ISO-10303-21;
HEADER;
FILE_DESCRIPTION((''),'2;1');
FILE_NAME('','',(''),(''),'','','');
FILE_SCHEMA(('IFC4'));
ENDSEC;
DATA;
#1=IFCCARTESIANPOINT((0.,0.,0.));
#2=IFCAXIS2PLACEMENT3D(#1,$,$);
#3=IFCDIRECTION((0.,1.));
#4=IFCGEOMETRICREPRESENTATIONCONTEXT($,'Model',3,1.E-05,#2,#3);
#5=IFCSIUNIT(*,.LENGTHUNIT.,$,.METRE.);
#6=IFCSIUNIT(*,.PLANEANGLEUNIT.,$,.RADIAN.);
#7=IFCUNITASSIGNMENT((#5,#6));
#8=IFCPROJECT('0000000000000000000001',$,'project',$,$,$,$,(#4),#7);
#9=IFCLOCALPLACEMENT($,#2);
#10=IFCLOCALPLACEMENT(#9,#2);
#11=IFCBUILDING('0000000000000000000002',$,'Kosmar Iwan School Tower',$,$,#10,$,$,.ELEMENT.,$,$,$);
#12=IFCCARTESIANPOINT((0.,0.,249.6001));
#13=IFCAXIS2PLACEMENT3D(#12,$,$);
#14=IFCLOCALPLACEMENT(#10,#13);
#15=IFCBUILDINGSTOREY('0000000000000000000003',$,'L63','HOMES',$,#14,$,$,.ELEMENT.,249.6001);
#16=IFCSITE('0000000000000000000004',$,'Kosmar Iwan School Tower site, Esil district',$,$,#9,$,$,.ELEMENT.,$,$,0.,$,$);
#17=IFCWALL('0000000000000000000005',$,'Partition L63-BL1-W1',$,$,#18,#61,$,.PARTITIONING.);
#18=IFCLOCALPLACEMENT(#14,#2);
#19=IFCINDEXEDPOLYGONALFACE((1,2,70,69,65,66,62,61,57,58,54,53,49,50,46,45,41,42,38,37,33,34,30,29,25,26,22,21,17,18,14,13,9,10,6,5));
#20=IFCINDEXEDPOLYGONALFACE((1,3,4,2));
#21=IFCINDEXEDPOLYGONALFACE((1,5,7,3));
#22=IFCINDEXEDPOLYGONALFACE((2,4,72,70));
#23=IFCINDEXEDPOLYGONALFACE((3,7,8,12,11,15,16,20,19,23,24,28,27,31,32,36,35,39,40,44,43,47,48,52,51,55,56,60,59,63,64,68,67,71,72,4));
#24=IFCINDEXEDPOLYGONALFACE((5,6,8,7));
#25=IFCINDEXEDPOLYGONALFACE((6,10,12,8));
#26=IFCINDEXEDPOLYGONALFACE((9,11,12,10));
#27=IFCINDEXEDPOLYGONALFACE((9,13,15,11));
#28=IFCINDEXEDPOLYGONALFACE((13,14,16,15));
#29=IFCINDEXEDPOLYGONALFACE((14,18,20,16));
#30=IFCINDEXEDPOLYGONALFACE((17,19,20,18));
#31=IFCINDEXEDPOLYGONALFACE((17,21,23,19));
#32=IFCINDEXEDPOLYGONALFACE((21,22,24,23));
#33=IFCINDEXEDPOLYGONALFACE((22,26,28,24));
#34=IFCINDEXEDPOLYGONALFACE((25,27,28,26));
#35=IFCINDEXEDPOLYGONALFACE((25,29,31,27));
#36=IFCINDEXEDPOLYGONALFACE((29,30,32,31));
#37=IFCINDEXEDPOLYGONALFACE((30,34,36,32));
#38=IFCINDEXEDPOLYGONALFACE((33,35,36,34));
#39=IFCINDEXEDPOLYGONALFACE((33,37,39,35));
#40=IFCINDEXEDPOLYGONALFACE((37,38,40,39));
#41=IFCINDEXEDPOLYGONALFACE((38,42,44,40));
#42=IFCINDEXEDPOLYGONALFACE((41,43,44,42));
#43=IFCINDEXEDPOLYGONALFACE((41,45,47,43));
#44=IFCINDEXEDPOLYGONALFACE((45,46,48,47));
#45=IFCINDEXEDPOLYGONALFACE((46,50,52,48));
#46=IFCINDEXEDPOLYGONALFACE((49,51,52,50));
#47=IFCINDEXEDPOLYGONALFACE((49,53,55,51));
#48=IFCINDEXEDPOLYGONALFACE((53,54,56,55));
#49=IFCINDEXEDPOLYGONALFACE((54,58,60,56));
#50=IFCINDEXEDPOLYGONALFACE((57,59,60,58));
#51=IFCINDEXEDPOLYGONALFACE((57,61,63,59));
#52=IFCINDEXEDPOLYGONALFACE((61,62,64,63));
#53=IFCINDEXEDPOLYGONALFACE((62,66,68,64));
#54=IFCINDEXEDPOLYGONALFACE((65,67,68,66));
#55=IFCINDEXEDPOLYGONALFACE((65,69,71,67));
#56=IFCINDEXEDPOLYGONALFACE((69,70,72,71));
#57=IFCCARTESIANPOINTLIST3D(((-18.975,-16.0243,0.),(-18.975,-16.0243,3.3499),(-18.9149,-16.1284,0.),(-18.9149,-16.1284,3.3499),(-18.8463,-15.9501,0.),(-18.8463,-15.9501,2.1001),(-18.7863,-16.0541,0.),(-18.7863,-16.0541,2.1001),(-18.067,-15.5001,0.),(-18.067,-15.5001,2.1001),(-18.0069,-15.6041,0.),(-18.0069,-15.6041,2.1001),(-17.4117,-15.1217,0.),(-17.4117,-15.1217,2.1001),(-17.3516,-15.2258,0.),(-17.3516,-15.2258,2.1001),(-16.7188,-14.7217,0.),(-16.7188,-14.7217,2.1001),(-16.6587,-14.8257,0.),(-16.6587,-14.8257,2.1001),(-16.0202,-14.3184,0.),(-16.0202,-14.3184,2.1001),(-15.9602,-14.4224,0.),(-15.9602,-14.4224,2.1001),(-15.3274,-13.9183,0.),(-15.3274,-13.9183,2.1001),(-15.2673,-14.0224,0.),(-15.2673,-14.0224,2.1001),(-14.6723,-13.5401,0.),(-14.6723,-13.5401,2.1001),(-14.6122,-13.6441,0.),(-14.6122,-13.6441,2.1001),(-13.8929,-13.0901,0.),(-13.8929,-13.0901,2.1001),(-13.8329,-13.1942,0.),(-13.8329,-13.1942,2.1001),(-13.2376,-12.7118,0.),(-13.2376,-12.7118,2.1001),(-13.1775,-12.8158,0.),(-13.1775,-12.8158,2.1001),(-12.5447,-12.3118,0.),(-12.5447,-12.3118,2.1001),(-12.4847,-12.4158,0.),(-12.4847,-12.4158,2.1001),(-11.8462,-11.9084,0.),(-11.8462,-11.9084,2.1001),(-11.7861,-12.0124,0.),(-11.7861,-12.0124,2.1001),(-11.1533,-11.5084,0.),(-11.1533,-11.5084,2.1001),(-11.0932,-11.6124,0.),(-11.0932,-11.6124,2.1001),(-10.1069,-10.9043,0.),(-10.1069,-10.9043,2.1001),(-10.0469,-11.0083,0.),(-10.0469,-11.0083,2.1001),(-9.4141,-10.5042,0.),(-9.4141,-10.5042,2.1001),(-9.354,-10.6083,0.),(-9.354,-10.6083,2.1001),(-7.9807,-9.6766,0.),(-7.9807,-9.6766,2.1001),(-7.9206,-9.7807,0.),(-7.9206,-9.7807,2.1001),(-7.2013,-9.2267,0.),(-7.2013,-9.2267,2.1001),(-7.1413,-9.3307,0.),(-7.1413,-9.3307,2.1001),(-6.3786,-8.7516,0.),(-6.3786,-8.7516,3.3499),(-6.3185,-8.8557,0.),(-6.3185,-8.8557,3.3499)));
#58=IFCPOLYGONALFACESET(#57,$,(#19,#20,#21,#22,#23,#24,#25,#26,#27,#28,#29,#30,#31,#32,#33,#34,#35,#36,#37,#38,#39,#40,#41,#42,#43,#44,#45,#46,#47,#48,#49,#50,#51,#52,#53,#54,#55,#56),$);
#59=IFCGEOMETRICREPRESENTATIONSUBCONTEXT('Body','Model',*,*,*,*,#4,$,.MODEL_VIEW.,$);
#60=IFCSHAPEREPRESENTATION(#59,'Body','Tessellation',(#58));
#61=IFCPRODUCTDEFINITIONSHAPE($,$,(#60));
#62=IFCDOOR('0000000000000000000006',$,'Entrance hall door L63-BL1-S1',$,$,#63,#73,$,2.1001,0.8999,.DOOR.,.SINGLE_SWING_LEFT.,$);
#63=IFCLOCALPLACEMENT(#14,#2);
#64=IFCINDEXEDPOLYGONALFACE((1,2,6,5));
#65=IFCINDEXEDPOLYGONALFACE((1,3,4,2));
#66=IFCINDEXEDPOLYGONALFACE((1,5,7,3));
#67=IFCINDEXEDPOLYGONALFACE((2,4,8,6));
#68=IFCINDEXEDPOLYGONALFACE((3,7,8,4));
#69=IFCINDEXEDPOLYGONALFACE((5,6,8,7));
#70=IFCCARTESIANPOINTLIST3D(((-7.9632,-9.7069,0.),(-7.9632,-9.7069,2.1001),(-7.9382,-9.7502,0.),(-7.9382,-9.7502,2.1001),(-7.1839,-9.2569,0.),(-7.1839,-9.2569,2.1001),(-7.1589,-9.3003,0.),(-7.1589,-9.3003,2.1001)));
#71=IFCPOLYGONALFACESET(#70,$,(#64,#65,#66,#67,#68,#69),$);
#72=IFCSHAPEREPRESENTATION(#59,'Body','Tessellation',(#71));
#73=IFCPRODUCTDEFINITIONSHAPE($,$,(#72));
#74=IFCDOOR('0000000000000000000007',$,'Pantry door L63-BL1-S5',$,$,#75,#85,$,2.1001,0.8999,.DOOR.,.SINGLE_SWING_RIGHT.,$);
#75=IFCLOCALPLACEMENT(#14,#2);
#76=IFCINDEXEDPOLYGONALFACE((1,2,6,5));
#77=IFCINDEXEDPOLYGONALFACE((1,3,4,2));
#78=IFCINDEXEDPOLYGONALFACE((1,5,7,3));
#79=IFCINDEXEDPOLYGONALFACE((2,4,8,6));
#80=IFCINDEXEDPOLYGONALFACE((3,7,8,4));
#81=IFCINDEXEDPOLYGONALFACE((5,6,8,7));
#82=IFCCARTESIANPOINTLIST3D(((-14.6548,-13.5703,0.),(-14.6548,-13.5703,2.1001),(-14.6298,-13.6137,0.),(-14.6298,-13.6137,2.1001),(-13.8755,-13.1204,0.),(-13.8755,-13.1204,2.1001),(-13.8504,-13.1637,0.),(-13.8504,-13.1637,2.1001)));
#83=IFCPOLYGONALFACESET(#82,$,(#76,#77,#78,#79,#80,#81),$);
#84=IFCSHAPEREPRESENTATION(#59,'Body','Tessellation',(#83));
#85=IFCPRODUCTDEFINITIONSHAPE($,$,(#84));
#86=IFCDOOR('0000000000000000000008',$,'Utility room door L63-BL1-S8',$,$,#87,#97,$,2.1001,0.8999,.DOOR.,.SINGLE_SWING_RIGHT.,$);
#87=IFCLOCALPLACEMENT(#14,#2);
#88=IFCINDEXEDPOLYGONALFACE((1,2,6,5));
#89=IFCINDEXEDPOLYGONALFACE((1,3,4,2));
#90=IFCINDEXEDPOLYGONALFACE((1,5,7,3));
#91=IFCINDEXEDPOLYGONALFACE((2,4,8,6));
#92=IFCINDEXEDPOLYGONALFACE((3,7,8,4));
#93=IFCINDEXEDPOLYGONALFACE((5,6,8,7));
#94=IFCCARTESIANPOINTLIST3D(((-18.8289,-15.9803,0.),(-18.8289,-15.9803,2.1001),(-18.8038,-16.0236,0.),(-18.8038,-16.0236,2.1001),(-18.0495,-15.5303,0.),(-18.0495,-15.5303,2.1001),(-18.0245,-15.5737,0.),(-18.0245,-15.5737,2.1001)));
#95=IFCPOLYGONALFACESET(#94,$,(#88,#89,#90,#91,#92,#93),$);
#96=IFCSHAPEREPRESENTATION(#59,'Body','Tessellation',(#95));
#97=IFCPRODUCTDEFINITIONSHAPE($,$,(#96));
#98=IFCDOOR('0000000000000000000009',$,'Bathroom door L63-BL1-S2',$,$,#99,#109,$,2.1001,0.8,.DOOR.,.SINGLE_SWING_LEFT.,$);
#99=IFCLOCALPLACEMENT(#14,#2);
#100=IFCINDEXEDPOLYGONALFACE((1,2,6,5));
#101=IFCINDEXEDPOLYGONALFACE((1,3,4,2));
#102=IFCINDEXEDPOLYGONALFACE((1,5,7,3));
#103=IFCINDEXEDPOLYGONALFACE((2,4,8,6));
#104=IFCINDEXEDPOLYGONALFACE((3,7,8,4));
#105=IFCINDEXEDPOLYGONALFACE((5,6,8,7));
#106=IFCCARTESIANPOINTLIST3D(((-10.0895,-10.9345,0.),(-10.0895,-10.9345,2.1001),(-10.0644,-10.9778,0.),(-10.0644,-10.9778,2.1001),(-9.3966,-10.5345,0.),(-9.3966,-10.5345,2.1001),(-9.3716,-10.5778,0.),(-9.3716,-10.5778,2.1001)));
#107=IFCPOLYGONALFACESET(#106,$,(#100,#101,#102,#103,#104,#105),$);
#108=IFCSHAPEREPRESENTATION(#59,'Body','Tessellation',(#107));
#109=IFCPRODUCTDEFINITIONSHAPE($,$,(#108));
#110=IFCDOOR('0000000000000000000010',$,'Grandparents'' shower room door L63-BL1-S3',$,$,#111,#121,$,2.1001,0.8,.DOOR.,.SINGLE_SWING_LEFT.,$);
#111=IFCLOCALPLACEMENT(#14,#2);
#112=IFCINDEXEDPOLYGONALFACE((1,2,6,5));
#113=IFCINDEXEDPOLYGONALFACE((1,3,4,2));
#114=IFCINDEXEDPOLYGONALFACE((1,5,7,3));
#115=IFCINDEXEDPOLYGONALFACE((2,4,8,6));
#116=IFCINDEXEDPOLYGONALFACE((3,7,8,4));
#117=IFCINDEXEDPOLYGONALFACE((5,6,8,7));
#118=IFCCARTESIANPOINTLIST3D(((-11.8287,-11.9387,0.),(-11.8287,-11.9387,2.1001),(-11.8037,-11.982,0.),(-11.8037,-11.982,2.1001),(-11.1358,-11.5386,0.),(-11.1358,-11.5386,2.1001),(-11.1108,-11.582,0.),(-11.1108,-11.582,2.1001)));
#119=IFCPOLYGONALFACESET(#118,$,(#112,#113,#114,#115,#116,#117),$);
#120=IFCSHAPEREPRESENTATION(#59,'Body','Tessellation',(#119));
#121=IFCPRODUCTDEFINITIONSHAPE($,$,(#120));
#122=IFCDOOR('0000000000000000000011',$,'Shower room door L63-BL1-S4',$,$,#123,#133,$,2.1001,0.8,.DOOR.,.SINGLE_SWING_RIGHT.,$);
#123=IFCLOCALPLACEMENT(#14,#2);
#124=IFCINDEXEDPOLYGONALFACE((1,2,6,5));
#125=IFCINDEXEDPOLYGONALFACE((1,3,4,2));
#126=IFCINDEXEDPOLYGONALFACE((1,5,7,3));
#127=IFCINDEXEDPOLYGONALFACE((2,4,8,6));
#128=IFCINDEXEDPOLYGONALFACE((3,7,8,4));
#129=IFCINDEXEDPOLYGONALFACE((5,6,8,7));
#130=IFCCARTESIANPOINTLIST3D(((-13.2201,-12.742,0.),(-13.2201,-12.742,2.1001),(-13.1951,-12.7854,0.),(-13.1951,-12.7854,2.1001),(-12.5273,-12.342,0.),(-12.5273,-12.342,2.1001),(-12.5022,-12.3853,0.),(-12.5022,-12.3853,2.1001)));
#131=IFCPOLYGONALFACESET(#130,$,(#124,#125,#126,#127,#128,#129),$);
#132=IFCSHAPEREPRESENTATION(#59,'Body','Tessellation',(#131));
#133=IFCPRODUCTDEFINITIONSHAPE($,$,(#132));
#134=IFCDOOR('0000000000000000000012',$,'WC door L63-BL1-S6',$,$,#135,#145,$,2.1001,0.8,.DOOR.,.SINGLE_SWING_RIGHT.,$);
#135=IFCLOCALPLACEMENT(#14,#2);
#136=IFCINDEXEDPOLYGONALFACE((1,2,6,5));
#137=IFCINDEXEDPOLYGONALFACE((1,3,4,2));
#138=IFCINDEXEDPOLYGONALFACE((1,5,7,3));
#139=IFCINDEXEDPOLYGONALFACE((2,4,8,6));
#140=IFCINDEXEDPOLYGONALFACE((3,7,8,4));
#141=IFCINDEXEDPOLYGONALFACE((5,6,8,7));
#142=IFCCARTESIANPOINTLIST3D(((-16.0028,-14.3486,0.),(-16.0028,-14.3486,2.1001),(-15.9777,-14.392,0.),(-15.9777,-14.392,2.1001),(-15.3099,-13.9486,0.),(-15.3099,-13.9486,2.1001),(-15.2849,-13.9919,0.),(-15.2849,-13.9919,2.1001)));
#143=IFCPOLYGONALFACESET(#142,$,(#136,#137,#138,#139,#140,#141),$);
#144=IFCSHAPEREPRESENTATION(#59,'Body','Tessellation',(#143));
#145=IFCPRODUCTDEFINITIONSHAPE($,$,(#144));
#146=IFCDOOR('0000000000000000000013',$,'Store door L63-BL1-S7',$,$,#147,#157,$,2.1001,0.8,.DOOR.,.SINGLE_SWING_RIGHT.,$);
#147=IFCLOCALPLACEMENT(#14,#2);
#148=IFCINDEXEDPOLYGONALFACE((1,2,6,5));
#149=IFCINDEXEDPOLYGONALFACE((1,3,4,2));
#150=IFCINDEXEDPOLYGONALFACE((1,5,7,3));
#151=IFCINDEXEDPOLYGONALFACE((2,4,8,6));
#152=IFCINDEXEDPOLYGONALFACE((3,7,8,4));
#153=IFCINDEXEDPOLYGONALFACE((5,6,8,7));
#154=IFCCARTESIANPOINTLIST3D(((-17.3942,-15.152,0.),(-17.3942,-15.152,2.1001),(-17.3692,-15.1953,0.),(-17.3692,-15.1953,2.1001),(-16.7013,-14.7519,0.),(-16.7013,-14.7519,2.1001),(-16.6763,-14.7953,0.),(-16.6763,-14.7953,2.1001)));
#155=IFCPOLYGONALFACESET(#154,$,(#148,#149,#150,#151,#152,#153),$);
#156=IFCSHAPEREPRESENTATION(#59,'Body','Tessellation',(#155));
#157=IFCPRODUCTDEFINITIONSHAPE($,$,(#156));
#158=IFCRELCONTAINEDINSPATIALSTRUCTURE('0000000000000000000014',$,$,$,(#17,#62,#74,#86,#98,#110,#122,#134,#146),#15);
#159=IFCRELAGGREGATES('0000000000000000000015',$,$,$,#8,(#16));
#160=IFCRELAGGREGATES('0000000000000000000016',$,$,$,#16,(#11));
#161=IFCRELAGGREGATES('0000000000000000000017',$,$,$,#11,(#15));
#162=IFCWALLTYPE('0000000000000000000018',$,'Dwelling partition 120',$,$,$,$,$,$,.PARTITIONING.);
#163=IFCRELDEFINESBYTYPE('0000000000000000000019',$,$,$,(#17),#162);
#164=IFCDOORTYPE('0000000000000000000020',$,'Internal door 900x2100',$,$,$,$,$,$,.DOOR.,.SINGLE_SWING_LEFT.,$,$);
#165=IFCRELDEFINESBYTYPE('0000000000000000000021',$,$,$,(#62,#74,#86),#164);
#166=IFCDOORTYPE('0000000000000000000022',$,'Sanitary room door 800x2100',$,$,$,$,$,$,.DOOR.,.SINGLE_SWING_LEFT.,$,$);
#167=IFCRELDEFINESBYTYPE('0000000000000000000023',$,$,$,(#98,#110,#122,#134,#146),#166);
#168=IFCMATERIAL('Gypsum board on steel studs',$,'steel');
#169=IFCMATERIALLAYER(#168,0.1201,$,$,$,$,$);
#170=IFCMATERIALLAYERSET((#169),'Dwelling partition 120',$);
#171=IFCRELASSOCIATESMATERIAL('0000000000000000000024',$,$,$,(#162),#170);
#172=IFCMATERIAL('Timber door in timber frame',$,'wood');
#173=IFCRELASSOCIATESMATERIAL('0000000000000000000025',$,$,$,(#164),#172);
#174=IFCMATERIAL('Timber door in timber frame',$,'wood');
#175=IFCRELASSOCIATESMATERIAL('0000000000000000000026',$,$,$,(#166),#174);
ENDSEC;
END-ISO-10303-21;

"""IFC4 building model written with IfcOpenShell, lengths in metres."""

from ifc_helpers import new_model, si_unit, direction, frame, frame_2d, origin, place, context, subcontext, project, spatial, rectangle, extrude, material, layer, layer_set, type_object, element, fill, save


model = new_model("IFC4")

# Units and contexts
model_context = context("Model", 3, precision=1e-05, world=origin(), true_north=direction((0.0, 1.0)))
body_context = subcontext(model_context, "Body", "Model", "MODEL_VIEW")
ifc_project = project(units=[si_unit("LENGTHUNIT", "METRE"), si_unit("PLANEANGLEUNIT", "RADIAN")], contexts=[model_context])

# Site, building, storey
site_placement = place(None, origin())
site = spatial("IfcSite", under=ifc_project, at=site_placement, Name="Kosmar Iwan School Tower site, Esil district", CompositionType="ELEMENT", RefElevation=0.0)
building_placement = place(site_placement, origin())
building = spatial("IfcBuilding", under=site, at=building_placement, Name="Kosmar Iwan School Tower", CompositionType="ELEMENT")
storey_placement = place(building_placement, frame((0.0, 0.0, 249.6001)))
storey = spatial("IfcBuildingStorey", under=building, at=storey_placement, Name="L63", Description="HOMES", CompositionType="ELEMENT", Elevation=249.6001)

# Wall, openings, doors
ifc_material_1 = material(Name="Gypsum board on steel studs", Category="steel")
ifc_layer_1 = layer(ifc_material_1, 0.1201)
ifc_layer_set_1 = layer_set([ifc_layer_1], Name="Dwelling partition 120")
wall_type_1 = type_object("IfcWallType", Name="Dwelling partition 120", PredefinedType="PARTITIONING", material=ifc_layer_set_1)
wall_1_placement = place(storey_placement, frame((-6.3486, -8.8037, 0.0), z_axis=(0.0, 0.0, 1.0), x_axis=(-0.866021, -0.500008, 0.0)))
wall_1 = element("IfcWall", 1, at=wall_1_placement, inside=storey, type_object=wall_type_1, Name="Partition L63-BL1-W1", PredefinedType="PARTITIONING", context=body_context, shape_type="SweptSolid", body=[
    extrude(rectangle(XDim=14.5452, YDim=0.1201, at=frame_2d((7.2725, 0.0))), origin(), (0.0, 0.0, 1.0), 3.3499),
])
opening_1_placement = place(wall_1_placement, frame((0.95, 0.0, 0.0)))
opening_1 = element("IfcOpeningElement", 2, at=opening_1_placement, cuts=wall_1, PredefinedType="OPENING", context=body_context, shape_type="SweptSolid", body=[
    extrude(rectangle(XDim=0.8999, YDim=2.1001, at=frame_2d((0.45, 1.05))), frame((0.0, 0.072, 0.0), z_axis=(0.0, -1.0, 0.0), x_axis=(1.0, 0.0, 0.0)), (0.0, 0.0, 1.0), 0.144),
])
opening_2_placement = place(wall_1_placement, frame((3.5051, 0.0, 0.0)))
opening_2 = element("IfcOpeningElement", 3, at=opening_2_placement, cuts=wall_1, PredefinedType="OPENING", context=body_context, shape_type="SweptSolid", body=[
    extrude(rectangle(XDim=0.8, YDim=2.1001, at=frame_2d((0.3999, 1.05))), frame((0.0, 0.072, 0.0), z_axis=(0.0, -1.0, 0.0), x_axis=(1.0, 0.0, 0.0)), (0.0, 0.0, 1.0), 0.144),
])
opening_3_placement = place(wall_1_placement, frame((5.5134, 0.0, 0.0)))
opening_3 = element("IfcOpeningElement", 4, at=opening_3_placement, cuts=wall_1, PredefinedType="OPENING", context=body_context, shape_type="SweptSolid", body=[
    extrude(rectangle(XDim=0.8, YDim=2.1001, at=frame_2d((0.3999, 1.05))), frame((0.0, 0.072, 0.0), z_axis=(0.0, -1.0, 0.0), x_axis=(1.0, 0.0, 0.0)), (0.0, 0.0, 1.0), 0.144),
])
opening_4_placement = place(wall_1_placement, frame((7.1201, 0.0, 0.0)))
opening_4 = element("IfcOpeningElement", 5, at=opening_4_placement, cuts=wall_1, PredefinedType="OPENING", context=body_context, shape_type="SweptSolid", body=[
    extrude(rectangle(XDim=0.8, YDim=2.1001, at=frame_2d((0.3999, 1.05))), frame((0.0, 0.072, 0.0), z_axis=(0.0, -1.0, 0.0), x_axis=(1.0, 0.0, 0.0)), (0.0, 0.0, 1.0), 0.144),
])
opening_5_placement = place(wall_1_placement, frame((8.6768, 0.0, 0.0)))
opening_5 = element("IfcOpeningElement", 6, at=opening_5_placement, cuts=wall_1, PredefinedType="OPENING", context=body_context, shape_type="SweptSolid", body=[
    extrude(rectangle(XDim=0.8999, YDim=2.1001, at=frame_2d((0.45, 1.05))), frame((0.0, 0.072, 0.0), z_axis=(0.0, -1.0, 0.0), x_axis=(1.0, 0.0, 0.0)), (0.0, 0.0, 1.0), 0.144),
])
opening_6_placement = place(wall_1_placement, frame((10.3333, 0.0, 0.0)))
opening_6 = element("IfcOpeningElement", 7, at=opening_6_placement, cuts=wall_1, PredefinedType="OPENING", context=body_context, shape_type="SweptSolid", body=[
    extrude(rectangle(XDim=0.8, YDim=2.1001, at=frame_2d((0.3999, 1.05))), frame((0.0, 0.072, 0.0), z_axis=(0.0, -1.0, 0.0), x_axis=(1.0, 0.0, 0.0)), (0.0, 0.0, 1.0), 0.144),
])
opening_7_placement = place(wall_1_placement, frame((11.9399, 0.0, 0.0)))
opening_7 = element("IfcOpeningElement", 8, at=opening_7_placement, cuts=wall_1, PredefinedType="OPENING", context=body_context, shape_type="SweptSolid", body=[
    extrude(rectangle(XDim=0.8, YDim=2.1001, at=frame_2d((0.3999, 1.05))), frame((0.0, 0.072, 0.0), z_axis=(0.0, -1.0, 0.0), x_axis=(1.0, 0.0, 0.0)), (0.0, 0.0, 1.0), 0.144),
])
opening_8_placement = place(wall_1_placement, frame((13.4966, 0.0, 0.0)))
opening_8 = element("IfcOpeningElement", 9, at=opening_8_placement, cuts=wall_1, PredefinedType="OPENING", context=body_context, shape_type="SweptSolid", body=[
    extrude(rectangle(XDim=0.8999, YDim=2.1001, at=frame_2d((0.45, 1.05))), frame((0.0, 0.072, 0.0), z_axis=(0.0, -1.0, 0.0), x_axis=(1.0, 0.0, 0.0)), (0.0, 0.0, 1.0), 0.144),
])
ifc_material_2 = material(Name="Timber door in timber frame", Category="wood")
door_type_1 = type_object("IfcDoorType", Name="Internal door 900x2100", OperationType="SINGLE_SWING_LEFT", PredefinedType="DOOR", material=ifc_material_2)
door_1_placement = place(opening_1_placement, origin())
door_1 = element("IfcDoor", 10, at=door_1_placement, inside=storey, type_object=door_type_1, Name="Entrance hall door L63-BL1-S1", OperationType="SINGLE_SWING_LEFT", OverallHeight=2.1001, OverallWidth=0.8999, PredefinedType="DOOR", context=body_context, shape_type="SweptSolid", body=[
    extrude(rectangle(XDim=0.8999, YDim=2.1001, at=frame_2d((0.45, 1.05))), frame((0.0, 0.0249, 0.0), z_axis=(0.0, -1.0, 0.0), x_axis=(1.0, 0.0, 0.0)), (0.0, 0.0, 1.0), 0.05),
])
fill(opening_1, door_1)
door_2_placement = place(opening_5_placement, origin())
door_2 = element("IfcDoor", 11, at=door_2_placement, inside=storey, type_object=door_type_1, Name="Pantry door L63-BL1-S5", OperationType="SINGLE_SWING_RIGHT", OverallHeight=2.1001, OverallWidth=0.8999, PredefinedType="DOOR", context=body_context, shape_type="SweptSolid", body=[
    extrude(rectangle(XDim=0.8999, YDim=2.1001, at=frame_2d((0.45, 1.05))), frame((0.0, 0.0249, 0.0), z_axis=(0.0, -1.0, 0.0), x_axis=(1.0, 0.0, 0.0)), (0.0, 0.0, 1.0), 0.05),
])
fill(opening_5, door_2)
door_3_placement = place(opening_8_placement, origin())
door_3 = element("IfcDoor", 12, at=door_3_placement, inside=storey, type_object=door_type_1, Name="Utility room door L63-BL1-S8", OperationType="SINGLE_SWING_RIGHT", OverallHeight=2.1001, OverallWidth=0.8999, PredefinedType="DOOR", context=body_context, shape_type="SweptSolid", body=[
    extrude(rectangle(XDim=0.8999, YDim=2.1001, at=frame_2d((0.45, 1.05))), frame((0.0, 0.0249, 0.0), z_axis=(0.0, -1.0, 0.0), x_axis=(1.0, 0.0, 0.0)), (0.0, 0.0, 1.0), 0.05),
])
fill(opening_8, door_3)
ifc_material_3 = material(Name="Timber door in timber frame", Category="wood")
door_type_2 = type_object("IfcDoorType", Name="Sanitary room door 800x2100", OperationType="SINGLE_SWING_LEFT", PredefinedType="DOOR", material=ifc_material_3)
door_4_placement = place(opening_2_placement, origin())
door_4 = element("IfcDoor", 13, at=door_4_placement, inside=storey, type_object=door_type_2, Name="Bathroom door L63-BL1-S2", OperationType="SINGLE_SWING_LEFT", OverallHeight=2.1001, OverallWidth=0.8, PredefinedType="DOOR", context=body_context, shape_type="SweptSolid", body=[
    extrude(rectangle(XDim=0.8, YDim=2.1001, at=frame_2d((0.3999, 1.05))), frame((0.0, 0.0249, 0.0), z_axis=(0.0, -1.0, 0.0), x_axis=(1.0, 0.0, 0.0)), (0.0, 0.0, 1.0), 0.05),
])
fill(opening_2, door_4)
door_5_placement = place(opening_3_placement, origin())
door_5 = element("IfcDoor", 14, at=door_5_placement, inside=storey, type_object=door_type_2, Name="Grandparents' shower room door L63-BL1-S3", OperationType="SINGLE_SWING_LEFT", OverallHeight=2.1001, OverallWidth=0.8, PredefinedType="DOOR", context=body_context, shape_type="SweptSolid", body=[
    extrude(rectangle(XDim=0.8, YDim=2.1001, at=frame_2d((0.3999, 1.05))), frame((0.0, 0.0249, 0.0), z_axis=(0.0, -1.0, 0.0), x_axis=(1.0, 0.0, 0.0)), (0.0, 0.0, 1.0), 0.05),
])
fill(opening_3, door_5)
door_6_placement = place(opening_4_placement, origin())
door_6 = element("IfcDoor", 15, at=door_6_placement, inside=storey, type_object=door_type_2, Name="Shower room door L63-BL1-S4", OperationType="SINGLE_SWING_RIGHT", OverallHeight=2.1001, OverallWidth=0.8, PredefinedType="DOOR", context=body_context, shape_type="SweptSolid", body=[
    extrude(rectangle(XDim=0.8, YDim=2.1001, at=frame_2d((0.3999, 1.05))), frame((0.0, 0.0249, 0.0), z_axis=(0.0, -1.0, 0.0), x_axis=(1.0, 0.0, 0.0)), (0.0, 0.0, 1.0), 0.05),
])
fill(opening_4, door_6)
door_7_placement = place(opening_6_placement, origin())
door_7 = element("IfcDoor", 16, at=door_7_placement, inside=storey, type_object=door_type_2, Name="WC door L63-BL1-S6", OperationType="SINGLE_SWING_RIGHT", OverallHeight=2.1001, OverallWidth=0.8, PredefinedType="DOOR", context=body_context, shape_type="SweptSolid", body=[
    extrude(rectangle(XDim=0.8, YDim=2.1001, at=frame_2d((0.3999, 1.05))), frame((0.0, 0.0249, 0.0), z_axis=(0.0, -1.0, 0.0), x_axis=(1.0, 0.0, 0.0)), (0.0, 0.0, 1.0), 0.05),
])
fill(opening_6, door_7)
door_8_placement = place(opening_7_placement, origin())
door_8 = element("IfcDoor", 17, at=door_8_placement, inside=storey, type_object=door_type_2, Name="Store door L63-BL1-S7", OperationType="SINGLE_SWING_RIGHT", OverallHeight=2.1001, OverallWidth=0.8, PredefinedType="DOOR", context=body_context, shape_type="SweptSolid", body=[
    extrude(rectangle(XDim=0.8, YDim=2.1001, at=frame_2d((0.3999, 1.05))), frame((0.0, 0.0249, 0.0), z_axis=(0.0, -1.0, 0.0), x_axis=(1.0, 0.0, 0.0)), (0.0, 0.0, 1.0), 0.05),
])
fill(opening_7, door_8)

save(model, "model.ifc")
